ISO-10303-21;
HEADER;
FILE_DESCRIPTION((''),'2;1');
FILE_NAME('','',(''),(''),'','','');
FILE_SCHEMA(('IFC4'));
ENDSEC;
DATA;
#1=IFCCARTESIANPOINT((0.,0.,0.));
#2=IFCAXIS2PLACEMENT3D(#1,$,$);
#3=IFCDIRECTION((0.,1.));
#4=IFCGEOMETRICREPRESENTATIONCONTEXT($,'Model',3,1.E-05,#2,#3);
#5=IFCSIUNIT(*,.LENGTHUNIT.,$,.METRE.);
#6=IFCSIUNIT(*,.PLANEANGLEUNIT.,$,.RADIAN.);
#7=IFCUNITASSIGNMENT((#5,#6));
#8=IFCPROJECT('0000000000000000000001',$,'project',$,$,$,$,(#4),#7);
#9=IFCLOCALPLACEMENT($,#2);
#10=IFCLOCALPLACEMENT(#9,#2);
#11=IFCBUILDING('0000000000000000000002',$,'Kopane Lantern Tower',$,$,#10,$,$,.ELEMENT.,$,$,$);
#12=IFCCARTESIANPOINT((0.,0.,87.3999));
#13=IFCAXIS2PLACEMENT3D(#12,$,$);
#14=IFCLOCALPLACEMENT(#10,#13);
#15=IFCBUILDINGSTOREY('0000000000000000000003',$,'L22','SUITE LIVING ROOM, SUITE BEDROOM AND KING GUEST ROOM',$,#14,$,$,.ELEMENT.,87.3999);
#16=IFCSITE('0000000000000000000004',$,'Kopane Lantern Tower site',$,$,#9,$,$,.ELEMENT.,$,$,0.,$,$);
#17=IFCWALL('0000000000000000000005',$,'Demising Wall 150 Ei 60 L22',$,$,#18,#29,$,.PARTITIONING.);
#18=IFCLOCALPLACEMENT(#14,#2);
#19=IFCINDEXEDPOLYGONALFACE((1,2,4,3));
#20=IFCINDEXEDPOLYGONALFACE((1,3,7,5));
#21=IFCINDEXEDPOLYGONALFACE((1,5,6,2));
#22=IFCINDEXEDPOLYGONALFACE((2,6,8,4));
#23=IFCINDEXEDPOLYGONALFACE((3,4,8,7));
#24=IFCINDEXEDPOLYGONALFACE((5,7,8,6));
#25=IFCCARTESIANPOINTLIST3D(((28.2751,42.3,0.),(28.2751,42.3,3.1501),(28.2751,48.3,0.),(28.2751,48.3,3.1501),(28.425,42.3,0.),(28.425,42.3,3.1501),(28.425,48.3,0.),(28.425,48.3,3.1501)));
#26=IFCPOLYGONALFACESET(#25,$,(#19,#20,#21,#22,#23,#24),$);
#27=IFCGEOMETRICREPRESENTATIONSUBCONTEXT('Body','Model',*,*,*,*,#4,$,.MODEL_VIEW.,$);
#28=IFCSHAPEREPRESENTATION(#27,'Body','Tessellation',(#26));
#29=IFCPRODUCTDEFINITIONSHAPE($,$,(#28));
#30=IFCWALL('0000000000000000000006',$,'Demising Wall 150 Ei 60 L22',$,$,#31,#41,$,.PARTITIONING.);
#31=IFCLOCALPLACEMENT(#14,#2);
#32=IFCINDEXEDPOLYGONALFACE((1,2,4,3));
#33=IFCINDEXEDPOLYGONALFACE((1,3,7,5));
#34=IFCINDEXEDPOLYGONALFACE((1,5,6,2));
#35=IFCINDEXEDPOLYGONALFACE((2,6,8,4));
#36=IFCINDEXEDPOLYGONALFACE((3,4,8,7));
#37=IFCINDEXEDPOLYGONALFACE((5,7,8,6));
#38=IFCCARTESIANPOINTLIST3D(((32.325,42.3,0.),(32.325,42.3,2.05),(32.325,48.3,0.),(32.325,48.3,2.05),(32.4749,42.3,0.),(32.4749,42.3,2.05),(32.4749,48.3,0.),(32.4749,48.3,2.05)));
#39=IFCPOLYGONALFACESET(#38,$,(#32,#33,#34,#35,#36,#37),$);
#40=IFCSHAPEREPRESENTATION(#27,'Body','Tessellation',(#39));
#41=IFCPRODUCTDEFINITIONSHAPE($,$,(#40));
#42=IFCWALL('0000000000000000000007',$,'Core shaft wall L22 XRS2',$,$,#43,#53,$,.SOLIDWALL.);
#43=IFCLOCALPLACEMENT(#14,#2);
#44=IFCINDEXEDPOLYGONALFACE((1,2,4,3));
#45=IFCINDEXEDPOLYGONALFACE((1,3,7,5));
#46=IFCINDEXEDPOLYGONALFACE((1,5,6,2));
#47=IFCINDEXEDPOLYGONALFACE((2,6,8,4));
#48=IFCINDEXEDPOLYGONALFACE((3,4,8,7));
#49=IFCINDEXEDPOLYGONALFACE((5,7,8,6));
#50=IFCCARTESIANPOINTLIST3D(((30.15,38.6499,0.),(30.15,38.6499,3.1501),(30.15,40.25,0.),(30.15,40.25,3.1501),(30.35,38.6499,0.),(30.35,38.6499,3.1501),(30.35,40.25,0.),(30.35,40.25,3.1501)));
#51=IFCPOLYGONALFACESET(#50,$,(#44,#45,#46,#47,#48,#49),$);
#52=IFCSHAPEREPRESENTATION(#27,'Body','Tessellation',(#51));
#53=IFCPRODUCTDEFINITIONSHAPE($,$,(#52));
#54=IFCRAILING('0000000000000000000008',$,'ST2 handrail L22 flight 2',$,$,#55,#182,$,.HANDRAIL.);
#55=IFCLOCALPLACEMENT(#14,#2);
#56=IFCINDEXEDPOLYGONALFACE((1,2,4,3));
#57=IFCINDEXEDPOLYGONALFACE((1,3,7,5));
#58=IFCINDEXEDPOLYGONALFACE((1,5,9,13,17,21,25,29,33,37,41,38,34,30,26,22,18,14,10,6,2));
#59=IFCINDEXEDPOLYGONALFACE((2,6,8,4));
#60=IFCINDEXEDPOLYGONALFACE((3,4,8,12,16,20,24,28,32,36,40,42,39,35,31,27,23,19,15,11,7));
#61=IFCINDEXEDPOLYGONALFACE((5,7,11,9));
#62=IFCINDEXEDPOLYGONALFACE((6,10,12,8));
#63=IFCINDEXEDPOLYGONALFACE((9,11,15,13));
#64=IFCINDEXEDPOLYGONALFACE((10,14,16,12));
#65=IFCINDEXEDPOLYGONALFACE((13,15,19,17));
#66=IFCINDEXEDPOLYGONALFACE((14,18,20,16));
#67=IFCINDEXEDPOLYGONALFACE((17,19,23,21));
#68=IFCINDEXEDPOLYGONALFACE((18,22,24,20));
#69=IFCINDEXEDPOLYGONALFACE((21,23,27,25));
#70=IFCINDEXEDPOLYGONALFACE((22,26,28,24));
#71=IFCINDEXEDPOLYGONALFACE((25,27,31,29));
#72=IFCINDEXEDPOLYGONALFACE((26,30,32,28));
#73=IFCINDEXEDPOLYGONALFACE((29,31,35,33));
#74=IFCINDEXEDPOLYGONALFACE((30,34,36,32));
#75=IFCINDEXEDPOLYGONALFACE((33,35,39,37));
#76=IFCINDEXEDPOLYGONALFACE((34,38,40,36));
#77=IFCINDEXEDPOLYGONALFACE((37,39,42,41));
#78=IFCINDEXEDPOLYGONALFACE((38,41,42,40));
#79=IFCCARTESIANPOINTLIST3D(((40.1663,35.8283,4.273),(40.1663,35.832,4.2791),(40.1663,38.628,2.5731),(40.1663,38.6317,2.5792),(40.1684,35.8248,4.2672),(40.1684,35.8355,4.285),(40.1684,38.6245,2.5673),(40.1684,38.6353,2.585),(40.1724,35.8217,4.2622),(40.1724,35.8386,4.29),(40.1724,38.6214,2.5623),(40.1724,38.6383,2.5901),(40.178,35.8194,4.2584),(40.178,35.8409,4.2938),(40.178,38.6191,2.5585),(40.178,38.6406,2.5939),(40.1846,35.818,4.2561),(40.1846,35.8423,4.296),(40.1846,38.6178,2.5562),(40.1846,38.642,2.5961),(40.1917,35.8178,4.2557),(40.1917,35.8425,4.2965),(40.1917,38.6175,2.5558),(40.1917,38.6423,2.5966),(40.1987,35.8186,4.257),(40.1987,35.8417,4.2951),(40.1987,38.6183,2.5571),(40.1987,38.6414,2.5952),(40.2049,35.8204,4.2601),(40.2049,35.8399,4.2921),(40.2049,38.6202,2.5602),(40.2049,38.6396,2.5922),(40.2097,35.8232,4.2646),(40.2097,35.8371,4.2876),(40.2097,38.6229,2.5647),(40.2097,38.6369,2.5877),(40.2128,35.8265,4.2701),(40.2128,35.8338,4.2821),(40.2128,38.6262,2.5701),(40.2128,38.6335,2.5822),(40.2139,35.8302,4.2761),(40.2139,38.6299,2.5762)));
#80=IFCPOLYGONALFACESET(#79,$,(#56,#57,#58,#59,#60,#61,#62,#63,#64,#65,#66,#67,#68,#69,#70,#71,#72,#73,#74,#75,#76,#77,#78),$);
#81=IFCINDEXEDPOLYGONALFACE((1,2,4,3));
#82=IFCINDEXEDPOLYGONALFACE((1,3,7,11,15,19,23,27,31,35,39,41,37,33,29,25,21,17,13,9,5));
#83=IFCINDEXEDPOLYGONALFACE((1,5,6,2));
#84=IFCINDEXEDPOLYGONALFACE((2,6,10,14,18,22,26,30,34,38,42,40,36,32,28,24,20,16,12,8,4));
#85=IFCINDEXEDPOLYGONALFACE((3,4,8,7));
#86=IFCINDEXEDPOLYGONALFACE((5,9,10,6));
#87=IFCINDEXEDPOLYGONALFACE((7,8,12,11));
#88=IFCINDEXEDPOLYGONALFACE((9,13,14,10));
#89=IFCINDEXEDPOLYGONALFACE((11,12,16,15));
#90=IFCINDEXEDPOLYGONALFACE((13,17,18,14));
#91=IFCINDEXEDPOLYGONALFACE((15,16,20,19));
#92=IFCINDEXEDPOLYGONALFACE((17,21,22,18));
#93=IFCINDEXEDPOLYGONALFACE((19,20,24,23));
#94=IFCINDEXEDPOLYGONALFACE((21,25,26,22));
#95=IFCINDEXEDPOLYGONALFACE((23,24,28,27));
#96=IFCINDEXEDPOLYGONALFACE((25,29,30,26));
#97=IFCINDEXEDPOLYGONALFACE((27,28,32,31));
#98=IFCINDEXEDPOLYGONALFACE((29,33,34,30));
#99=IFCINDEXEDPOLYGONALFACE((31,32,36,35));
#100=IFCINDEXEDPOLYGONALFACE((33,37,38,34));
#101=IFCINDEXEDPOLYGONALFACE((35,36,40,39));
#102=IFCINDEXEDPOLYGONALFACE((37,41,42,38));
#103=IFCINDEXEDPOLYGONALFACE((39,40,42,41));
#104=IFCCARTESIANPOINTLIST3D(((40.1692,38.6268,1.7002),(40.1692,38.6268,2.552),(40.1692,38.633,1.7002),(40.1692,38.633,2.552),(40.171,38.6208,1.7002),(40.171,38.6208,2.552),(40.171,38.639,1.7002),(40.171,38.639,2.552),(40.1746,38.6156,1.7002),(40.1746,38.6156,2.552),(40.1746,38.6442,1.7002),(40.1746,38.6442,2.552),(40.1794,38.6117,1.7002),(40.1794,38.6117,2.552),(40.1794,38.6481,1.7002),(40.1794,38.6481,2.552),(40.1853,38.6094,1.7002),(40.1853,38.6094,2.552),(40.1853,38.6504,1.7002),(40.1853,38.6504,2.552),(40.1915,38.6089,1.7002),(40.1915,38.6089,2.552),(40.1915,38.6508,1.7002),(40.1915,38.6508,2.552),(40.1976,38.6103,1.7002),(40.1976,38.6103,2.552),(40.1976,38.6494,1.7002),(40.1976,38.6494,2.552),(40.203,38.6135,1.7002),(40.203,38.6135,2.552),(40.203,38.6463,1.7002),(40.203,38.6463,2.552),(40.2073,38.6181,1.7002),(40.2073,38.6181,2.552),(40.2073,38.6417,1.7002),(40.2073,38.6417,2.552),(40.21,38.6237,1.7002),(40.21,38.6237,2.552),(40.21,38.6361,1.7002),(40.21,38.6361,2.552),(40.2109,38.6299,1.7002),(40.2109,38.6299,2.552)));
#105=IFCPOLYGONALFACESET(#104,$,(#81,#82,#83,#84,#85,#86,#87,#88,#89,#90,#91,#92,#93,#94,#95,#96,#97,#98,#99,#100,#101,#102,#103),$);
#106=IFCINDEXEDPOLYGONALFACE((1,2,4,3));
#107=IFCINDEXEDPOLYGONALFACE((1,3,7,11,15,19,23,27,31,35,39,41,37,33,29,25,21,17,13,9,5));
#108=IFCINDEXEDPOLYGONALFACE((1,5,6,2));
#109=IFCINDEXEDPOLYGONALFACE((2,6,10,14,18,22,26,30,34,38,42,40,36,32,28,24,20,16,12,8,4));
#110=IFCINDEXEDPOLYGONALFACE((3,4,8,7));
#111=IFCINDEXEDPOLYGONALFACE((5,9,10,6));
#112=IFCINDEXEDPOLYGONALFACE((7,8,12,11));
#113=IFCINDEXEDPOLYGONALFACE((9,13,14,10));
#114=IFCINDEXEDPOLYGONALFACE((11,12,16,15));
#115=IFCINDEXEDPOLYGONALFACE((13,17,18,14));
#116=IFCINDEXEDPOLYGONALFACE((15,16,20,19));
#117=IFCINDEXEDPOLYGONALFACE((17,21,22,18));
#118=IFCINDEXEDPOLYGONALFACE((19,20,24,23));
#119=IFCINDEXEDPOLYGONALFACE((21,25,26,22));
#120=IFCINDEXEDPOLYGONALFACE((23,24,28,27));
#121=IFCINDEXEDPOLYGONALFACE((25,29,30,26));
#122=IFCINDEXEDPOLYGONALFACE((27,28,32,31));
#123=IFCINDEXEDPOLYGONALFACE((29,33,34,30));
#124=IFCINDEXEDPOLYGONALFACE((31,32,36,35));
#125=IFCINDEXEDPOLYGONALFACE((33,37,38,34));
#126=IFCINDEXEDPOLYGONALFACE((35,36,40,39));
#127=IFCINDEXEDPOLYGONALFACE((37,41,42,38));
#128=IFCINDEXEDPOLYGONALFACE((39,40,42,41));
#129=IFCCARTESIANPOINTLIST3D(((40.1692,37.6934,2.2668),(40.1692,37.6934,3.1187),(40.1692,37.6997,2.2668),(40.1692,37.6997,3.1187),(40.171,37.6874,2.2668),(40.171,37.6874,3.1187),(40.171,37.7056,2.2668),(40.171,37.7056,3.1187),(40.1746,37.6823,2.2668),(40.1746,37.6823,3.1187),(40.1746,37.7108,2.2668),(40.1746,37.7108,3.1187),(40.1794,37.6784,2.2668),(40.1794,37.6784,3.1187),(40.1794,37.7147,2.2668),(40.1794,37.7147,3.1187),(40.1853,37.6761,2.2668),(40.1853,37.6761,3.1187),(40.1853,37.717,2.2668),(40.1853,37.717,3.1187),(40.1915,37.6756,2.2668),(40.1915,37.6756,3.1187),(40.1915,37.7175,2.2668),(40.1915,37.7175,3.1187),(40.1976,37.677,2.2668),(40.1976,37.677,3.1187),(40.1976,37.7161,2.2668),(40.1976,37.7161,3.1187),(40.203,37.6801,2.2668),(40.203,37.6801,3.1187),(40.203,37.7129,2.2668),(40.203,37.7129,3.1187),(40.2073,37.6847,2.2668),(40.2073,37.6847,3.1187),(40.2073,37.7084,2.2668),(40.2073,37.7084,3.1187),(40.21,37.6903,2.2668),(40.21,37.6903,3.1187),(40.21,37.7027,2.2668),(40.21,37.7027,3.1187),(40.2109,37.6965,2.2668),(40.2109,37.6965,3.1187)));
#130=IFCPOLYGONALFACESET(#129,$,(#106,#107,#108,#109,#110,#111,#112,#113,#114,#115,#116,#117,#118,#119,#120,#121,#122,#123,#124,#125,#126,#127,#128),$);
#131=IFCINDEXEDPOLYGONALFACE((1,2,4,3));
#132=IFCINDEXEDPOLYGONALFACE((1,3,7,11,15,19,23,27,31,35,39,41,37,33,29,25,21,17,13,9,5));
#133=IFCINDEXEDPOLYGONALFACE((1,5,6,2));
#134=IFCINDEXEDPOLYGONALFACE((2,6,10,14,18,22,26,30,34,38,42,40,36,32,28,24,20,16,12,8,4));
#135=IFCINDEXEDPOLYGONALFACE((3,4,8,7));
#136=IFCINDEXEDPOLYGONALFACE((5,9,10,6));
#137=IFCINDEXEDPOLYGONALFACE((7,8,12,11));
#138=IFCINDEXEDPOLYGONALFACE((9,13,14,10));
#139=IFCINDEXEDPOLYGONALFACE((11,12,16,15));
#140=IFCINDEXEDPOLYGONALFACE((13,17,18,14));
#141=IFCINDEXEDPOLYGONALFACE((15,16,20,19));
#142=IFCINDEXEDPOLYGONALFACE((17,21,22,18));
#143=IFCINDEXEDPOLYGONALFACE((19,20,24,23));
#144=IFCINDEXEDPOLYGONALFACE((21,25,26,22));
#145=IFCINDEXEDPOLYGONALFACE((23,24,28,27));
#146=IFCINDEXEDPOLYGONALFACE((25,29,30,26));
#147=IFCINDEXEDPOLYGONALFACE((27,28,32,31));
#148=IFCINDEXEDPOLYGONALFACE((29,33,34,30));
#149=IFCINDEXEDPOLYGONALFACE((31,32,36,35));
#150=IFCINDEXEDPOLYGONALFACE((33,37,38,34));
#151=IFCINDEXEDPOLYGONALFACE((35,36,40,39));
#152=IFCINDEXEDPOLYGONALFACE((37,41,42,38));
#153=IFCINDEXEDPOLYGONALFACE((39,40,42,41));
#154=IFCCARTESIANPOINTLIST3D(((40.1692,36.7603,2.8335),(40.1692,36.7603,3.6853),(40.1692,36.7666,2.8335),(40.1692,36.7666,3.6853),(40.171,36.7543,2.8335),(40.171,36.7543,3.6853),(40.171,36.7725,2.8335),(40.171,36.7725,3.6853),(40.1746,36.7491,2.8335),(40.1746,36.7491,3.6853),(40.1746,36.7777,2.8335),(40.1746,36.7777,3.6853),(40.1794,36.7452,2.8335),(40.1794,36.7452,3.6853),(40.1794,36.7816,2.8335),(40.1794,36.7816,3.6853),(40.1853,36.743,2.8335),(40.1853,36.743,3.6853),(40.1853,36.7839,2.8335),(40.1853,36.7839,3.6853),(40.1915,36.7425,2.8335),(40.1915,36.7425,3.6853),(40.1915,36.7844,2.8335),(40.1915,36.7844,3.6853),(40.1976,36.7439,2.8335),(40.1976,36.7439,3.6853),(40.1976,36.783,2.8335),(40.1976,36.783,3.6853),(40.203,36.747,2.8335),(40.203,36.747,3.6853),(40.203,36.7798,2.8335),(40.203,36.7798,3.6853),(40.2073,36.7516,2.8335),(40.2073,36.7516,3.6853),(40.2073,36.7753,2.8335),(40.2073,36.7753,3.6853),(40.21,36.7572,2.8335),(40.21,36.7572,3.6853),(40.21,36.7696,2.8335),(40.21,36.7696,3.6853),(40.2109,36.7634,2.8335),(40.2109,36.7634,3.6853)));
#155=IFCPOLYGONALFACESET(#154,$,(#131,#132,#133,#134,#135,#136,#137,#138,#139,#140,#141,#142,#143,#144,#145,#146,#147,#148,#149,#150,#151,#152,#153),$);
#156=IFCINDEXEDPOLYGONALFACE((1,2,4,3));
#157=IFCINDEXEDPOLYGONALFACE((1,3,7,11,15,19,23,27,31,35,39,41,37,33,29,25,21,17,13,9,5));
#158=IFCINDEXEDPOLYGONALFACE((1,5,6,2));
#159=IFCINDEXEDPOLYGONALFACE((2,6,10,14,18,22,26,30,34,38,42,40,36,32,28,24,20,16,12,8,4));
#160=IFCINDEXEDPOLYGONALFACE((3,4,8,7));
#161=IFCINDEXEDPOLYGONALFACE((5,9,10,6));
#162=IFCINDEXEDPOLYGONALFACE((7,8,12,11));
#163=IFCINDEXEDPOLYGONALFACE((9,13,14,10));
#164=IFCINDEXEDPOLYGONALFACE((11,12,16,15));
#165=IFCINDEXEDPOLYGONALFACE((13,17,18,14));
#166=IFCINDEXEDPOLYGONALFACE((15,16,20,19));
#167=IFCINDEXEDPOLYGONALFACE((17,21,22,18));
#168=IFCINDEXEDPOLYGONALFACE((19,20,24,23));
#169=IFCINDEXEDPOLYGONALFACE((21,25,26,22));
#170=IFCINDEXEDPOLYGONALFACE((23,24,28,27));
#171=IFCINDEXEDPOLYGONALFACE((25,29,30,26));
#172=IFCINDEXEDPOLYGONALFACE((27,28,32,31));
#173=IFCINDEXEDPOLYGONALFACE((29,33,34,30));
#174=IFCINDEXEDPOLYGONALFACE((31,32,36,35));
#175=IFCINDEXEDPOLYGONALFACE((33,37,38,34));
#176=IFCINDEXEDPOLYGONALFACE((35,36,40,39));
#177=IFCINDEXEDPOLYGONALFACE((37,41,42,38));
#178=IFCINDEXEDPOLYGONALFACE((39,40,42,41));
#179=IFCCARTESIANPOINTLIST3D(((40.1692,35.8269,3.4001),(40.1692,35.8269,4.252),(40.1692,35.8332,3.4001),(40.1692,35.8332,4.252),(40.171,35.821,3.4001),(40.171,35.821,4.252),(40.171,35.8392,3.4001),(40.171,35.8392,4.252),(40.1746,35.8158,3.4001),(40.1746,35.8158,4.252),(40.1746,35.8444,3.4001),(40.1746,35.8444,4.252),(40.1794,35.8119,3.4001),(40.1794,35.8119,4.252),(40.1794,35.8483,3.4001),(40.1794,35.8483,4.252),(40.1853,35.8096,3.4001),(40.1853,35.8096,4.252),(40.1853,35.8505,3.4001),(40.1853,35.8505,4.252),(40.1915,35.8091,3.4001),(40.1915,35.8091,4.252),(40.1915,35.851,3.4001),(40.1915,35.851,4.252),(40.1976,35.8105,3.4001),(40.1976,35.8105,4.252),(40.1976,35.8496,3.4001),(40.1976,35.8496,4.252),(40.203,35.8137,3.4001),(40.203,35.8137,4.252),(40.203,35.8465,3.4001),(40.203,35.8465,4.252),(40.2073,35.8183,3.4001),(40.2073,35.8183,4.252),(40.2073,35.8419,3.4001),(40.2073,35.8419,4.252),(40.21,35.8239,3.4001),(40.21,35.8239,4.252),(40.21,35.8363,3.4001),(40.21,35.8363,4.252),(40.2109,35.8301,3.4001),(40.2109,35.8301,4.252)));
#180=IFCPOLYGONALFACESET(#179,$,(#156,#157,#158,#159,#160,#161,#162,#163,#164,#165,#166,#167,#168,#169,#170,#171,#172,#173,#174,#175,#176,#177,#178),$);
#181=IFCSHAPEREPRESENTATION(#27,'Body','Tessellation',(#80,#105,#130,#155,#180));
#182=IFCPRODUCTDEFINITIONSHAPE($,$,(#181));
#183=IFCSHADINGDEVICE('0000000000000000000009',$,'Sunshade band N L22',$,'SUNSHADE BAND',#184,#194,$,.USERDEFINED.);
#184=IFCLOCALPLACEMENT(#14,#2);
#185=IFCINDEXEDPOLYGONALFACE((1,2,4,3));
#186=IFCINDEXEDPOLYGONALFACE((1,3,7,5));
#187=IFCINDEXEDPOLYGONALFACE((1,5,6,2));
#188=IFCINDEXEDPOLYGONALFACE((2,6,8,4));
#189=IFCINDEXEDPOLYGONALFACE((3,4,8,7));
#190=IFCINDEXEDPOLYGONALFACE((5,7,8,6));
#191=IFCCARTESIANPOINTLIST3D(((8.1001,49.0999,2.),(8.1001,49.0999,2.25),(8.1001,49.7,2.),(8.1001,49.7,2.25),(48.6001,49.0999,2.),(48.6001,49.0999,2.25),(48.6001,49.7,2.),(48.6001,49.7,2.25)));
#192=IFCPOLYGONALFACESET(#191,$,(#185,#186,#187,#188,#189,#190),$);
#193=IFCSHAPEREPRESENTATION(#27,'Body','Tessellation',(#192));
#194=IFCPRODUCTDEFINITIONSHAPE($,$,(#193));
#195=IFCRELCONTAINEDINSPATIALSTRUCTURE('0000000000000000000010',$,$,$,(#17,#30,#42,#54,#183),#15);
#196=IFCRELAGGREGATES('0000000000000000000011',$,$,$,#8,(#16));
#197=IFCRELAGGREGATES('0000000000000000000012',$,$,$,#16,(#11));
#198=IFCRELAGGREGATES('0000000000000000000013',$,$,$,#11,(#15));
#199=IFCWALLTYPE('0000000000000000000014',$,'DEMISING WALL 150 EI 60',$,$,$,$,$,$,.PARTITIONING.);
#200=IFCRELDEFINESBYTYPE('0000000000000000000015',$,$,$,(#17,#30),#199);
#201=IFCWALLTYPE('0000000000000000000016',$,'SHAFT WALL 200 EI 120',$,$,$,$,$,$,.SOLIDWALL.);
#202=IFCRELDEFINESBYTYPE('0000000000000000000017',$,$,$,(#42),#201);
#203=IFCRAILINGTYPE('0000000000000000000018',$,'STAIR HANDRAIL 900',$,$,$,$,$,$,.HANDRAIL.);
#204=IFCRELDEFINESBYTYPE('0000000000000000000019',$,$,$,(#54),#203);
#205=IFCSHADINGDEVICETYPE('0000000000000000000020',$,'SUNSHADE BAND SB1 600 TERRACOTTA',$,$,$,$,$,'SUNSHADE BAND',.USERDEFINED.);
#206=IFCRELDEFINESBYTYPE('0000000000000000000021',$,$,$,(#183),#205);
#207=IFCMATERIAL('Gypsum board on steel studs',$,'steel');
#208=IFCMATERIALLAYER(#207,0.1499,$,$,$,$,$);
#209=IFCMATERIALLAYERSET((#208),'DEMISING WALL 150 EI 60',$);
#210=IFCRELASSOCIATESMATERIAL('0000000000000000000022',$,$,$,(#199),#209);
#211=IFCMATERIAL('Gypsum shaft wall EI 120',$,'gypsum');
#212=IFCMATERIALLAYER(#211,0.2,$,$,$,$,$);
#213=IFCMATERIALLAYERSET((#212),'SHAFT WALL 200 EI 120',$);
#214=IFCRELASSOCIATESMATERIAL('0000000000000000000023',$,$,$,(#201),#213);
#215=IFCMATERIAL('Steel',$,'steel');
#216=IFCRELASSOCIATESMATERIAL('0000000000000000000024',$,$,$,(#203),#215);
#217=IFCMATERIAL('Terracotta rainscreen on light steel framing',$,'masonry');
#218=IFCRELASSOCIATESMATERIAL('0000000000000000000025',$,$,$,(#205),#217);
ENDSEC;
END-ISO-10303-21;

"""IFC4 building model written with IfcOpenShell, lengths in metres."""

from ifc_helpers import new_model, si_unit, direction, frame, frame_2d, origin, origin_2d, place, context, subcontext, project, spatial, rectangle, circle, extrude, material, layer, layer_set, type_object, element, save


model = new_model("IFC4")

# Units and contexts
model_context = context("Model", 3, precision=1e-05, world=origin(), true_north=direction((0.0, 1.0)))
body_context = subcontext(model_context, "Body", "Model", "MODEL_VIEW")
ifc_project = project(units=[si_unit("LENGTHUNIT", "METRE"), si_unit("PLANEANGLEUNIT", "RADIAN")], contexts=[model_context])

# Site, building, storey
site_placement = place(None, origin())
site = spatial("IfcSite", under=ifc_project, at=site_placement, Name="Kopane Lantern Tower site", CompositionType="ELEMENT", RefElevation=0.0)
building_placement = place(site_placement, origin())
building = spatial("IfcBuilding", under=site, at=building_placement, Name="Kopane Lantern Tower", CompositionType="ELEMENT")
storey_placement = place(building_placement, frame((0.0, 0.0, 87.3999)))
storey = spatial("IfcBuildingStorey", under=building, at=storey_placement, Name="L22", Description="SUITE LIVING ROOM, SUITE BEDROOM AND KING GUEST ROOM", CompositionType="ELEMENT", Elevation=87.3999)

# Walls
ifc_material_1 = material(Name="Gypsum board on steel studs", Category="steel")
ifc_layer_1 = layer(ifc_material_1, 0.1499)
ifc_layer_set_1 = layer_set([ifc_layer_1], Name="DEMISING WALL 150 EI 60")
wall_type_1 = type_object("IfcWallType", Name="DEMISING WALL 150 EI 60", PredefinedType="PARTITIONING", material=ifc_layer_set_1)
wall_1_placement = place(storey_placement, frame((28.3501, 42.3, 0.0), z_axis=(0.0, 0.0, 1.0), x_axis=(0.0, 1.0, 0.0)))
element("IfcWall", 1, at=wall_1_placement, inside=storey, type_object=wall_type_1, Name="Demising Wall 150 Ei 60 L22", PredefinedType="PARTITIONING", context=body_context, shape_type="SweptSolid", body=[
    extrude(rectangle(XDim=6.0, YDim=0.1499, at=frame_2d((3.0, 0.0))), origin(), (0.0, 0.0, 1.0), 3.1501),
])
wall_2_placement = place(storey_placement, frame((32.3999, 42.3, 0.0), z_axis=(0.0, 0.0, 1.0), x_axis=(0.0, 1.0, 0.0)))
element("IfcWall", 2, at=wall_2_placement, inside=storey, type_object=wall_type_1, Name="Demising Wall 150 Ei 60 L22", PredefinedType="PARTITIONING", context=body_context, shape_type="SweptSolid", body=[
    extrude(rectangle(XDim=6.0, YDim=0.1499, at=frame_2d((3.0, 0.0))), origin(), (0.0, 0.0, 1.0), 2.05),
])
ifc_material_2 = material(Name="Gypsum shaft wall EI 120", Category="gypsum")
ifc_layer_2 = layer(ifc_material_2, 0.2)
ifc_layer_set_2 = layer_set([ifc_layer_2], Name="SHAFT WALL 200 EI 120")
wall_type_2 = type_object("IfcWallType", Name="SHAFT WALL 200 EI 120", PredefinedType="SOLIDWALL", material=ifc_layer_set_2)
wall_3_placement = place(storey_placement, frame((30.25, 38.6499, 0.0), z_axis=(0.0, 0.0, 1.0), x_axis=(0.0, 1.0, 0.0)))
element("IfcWall", 3, at=wall_3_placement, inside=storey, type_object=wall_type_2, Name="Core shaft wall L22 XRS2", PredefinedType="SOLIDWALL", context=body_context, shape_type="SweptSolid", body=[
    extrude(rectangle(XDim=1.6001, YDim=0.2, at=frame_2d((0.8, 0.0))), origin(), (0.0, 0.0, 1.0), 3.1501),
])

# Railing
ifc_material_3 = material(Name="Steel", Category="steel")
railing_type = type_object("IfcRailingType", Name="STAIR HANDRAIL 900", PredefinedType="HANDRAIL", material=ifc_material_3)
railing_placement = place(storey_placement, frame((40.1899, 38.6299, 1.7002)))
element("IfcRailing", 4, at=railing_placement, inside=storey, type_object=railing_type, Name="ST2 handrail L22 flight 2", PredefinedType="HANDRAIL", context=body_context, shape_type="SweptSolid", body=[
    extrude(circle(Radius=0.0239, at=origin_2d()), frame((0.0, 0.0, 0.876), z_axis=(0.0, -0.854778, 0.518994), x_axis=(1.0, 0.0, 0.0)), (0.0, 0.0, 1.0), 3.2754),
    extrude(circle(Radius=0.021, at=origin_2d()), origin(), (0.0, 0.0, 1.0), 0.8518),
    extrude(circle(Radius=0.021, at=origin_2d()), frame((0.0, -0.9333, 0.5667)), (0.0, 0.0, 1.0), 0.8518),
    extrude(circle(Radius=0.021, at=origin_2d()), frame((0.0, -1.8665, 1.1333)), (0.0, 0.0, 1.0), 0.8518),
    extrude(circle(Radius=0.021, at=origin_2d()), frame((0.0, -2.7998, 1.7)), (0.0, 0.0, 1.0), 0.8518),
])

# Shading device
ifc_material_4 = material(Name="Terracotta rainscreen on light steel framing", Category="masonry")
shading_device_type = type_object("IfcShadingDeviceType", Name="SUNSHADE BAND SB1 600 TERRACOTTA", ElementType="SUNSHADE BAND", PredefinedType="USERDEFINED", material=ifc_material_4)
shading_device_placement = place(storey_placement, frame((28.3501, 49.3999, 2.0), z_axis=(0.0, 0.0, 1.0), x_axis=(-1.0, 0.0, 0.0)))
element("IfcShadingDevice", 5, at=shading_device_placement, inside=storey, type_object=shading_device_type, Name="Sunshade band N L22", ObjectType="SUNSHADE BAND", PredefinedType="USERDEFINED", context=body_context, shape_type="SweptSolid", body=[
    extrude(rectangle(XDim=40.5, YDim=0.6001, at=origin_2d()), origin(), (0.0, 0.0, 1.0), 0.25),
])

save(model, "model.ifc")
